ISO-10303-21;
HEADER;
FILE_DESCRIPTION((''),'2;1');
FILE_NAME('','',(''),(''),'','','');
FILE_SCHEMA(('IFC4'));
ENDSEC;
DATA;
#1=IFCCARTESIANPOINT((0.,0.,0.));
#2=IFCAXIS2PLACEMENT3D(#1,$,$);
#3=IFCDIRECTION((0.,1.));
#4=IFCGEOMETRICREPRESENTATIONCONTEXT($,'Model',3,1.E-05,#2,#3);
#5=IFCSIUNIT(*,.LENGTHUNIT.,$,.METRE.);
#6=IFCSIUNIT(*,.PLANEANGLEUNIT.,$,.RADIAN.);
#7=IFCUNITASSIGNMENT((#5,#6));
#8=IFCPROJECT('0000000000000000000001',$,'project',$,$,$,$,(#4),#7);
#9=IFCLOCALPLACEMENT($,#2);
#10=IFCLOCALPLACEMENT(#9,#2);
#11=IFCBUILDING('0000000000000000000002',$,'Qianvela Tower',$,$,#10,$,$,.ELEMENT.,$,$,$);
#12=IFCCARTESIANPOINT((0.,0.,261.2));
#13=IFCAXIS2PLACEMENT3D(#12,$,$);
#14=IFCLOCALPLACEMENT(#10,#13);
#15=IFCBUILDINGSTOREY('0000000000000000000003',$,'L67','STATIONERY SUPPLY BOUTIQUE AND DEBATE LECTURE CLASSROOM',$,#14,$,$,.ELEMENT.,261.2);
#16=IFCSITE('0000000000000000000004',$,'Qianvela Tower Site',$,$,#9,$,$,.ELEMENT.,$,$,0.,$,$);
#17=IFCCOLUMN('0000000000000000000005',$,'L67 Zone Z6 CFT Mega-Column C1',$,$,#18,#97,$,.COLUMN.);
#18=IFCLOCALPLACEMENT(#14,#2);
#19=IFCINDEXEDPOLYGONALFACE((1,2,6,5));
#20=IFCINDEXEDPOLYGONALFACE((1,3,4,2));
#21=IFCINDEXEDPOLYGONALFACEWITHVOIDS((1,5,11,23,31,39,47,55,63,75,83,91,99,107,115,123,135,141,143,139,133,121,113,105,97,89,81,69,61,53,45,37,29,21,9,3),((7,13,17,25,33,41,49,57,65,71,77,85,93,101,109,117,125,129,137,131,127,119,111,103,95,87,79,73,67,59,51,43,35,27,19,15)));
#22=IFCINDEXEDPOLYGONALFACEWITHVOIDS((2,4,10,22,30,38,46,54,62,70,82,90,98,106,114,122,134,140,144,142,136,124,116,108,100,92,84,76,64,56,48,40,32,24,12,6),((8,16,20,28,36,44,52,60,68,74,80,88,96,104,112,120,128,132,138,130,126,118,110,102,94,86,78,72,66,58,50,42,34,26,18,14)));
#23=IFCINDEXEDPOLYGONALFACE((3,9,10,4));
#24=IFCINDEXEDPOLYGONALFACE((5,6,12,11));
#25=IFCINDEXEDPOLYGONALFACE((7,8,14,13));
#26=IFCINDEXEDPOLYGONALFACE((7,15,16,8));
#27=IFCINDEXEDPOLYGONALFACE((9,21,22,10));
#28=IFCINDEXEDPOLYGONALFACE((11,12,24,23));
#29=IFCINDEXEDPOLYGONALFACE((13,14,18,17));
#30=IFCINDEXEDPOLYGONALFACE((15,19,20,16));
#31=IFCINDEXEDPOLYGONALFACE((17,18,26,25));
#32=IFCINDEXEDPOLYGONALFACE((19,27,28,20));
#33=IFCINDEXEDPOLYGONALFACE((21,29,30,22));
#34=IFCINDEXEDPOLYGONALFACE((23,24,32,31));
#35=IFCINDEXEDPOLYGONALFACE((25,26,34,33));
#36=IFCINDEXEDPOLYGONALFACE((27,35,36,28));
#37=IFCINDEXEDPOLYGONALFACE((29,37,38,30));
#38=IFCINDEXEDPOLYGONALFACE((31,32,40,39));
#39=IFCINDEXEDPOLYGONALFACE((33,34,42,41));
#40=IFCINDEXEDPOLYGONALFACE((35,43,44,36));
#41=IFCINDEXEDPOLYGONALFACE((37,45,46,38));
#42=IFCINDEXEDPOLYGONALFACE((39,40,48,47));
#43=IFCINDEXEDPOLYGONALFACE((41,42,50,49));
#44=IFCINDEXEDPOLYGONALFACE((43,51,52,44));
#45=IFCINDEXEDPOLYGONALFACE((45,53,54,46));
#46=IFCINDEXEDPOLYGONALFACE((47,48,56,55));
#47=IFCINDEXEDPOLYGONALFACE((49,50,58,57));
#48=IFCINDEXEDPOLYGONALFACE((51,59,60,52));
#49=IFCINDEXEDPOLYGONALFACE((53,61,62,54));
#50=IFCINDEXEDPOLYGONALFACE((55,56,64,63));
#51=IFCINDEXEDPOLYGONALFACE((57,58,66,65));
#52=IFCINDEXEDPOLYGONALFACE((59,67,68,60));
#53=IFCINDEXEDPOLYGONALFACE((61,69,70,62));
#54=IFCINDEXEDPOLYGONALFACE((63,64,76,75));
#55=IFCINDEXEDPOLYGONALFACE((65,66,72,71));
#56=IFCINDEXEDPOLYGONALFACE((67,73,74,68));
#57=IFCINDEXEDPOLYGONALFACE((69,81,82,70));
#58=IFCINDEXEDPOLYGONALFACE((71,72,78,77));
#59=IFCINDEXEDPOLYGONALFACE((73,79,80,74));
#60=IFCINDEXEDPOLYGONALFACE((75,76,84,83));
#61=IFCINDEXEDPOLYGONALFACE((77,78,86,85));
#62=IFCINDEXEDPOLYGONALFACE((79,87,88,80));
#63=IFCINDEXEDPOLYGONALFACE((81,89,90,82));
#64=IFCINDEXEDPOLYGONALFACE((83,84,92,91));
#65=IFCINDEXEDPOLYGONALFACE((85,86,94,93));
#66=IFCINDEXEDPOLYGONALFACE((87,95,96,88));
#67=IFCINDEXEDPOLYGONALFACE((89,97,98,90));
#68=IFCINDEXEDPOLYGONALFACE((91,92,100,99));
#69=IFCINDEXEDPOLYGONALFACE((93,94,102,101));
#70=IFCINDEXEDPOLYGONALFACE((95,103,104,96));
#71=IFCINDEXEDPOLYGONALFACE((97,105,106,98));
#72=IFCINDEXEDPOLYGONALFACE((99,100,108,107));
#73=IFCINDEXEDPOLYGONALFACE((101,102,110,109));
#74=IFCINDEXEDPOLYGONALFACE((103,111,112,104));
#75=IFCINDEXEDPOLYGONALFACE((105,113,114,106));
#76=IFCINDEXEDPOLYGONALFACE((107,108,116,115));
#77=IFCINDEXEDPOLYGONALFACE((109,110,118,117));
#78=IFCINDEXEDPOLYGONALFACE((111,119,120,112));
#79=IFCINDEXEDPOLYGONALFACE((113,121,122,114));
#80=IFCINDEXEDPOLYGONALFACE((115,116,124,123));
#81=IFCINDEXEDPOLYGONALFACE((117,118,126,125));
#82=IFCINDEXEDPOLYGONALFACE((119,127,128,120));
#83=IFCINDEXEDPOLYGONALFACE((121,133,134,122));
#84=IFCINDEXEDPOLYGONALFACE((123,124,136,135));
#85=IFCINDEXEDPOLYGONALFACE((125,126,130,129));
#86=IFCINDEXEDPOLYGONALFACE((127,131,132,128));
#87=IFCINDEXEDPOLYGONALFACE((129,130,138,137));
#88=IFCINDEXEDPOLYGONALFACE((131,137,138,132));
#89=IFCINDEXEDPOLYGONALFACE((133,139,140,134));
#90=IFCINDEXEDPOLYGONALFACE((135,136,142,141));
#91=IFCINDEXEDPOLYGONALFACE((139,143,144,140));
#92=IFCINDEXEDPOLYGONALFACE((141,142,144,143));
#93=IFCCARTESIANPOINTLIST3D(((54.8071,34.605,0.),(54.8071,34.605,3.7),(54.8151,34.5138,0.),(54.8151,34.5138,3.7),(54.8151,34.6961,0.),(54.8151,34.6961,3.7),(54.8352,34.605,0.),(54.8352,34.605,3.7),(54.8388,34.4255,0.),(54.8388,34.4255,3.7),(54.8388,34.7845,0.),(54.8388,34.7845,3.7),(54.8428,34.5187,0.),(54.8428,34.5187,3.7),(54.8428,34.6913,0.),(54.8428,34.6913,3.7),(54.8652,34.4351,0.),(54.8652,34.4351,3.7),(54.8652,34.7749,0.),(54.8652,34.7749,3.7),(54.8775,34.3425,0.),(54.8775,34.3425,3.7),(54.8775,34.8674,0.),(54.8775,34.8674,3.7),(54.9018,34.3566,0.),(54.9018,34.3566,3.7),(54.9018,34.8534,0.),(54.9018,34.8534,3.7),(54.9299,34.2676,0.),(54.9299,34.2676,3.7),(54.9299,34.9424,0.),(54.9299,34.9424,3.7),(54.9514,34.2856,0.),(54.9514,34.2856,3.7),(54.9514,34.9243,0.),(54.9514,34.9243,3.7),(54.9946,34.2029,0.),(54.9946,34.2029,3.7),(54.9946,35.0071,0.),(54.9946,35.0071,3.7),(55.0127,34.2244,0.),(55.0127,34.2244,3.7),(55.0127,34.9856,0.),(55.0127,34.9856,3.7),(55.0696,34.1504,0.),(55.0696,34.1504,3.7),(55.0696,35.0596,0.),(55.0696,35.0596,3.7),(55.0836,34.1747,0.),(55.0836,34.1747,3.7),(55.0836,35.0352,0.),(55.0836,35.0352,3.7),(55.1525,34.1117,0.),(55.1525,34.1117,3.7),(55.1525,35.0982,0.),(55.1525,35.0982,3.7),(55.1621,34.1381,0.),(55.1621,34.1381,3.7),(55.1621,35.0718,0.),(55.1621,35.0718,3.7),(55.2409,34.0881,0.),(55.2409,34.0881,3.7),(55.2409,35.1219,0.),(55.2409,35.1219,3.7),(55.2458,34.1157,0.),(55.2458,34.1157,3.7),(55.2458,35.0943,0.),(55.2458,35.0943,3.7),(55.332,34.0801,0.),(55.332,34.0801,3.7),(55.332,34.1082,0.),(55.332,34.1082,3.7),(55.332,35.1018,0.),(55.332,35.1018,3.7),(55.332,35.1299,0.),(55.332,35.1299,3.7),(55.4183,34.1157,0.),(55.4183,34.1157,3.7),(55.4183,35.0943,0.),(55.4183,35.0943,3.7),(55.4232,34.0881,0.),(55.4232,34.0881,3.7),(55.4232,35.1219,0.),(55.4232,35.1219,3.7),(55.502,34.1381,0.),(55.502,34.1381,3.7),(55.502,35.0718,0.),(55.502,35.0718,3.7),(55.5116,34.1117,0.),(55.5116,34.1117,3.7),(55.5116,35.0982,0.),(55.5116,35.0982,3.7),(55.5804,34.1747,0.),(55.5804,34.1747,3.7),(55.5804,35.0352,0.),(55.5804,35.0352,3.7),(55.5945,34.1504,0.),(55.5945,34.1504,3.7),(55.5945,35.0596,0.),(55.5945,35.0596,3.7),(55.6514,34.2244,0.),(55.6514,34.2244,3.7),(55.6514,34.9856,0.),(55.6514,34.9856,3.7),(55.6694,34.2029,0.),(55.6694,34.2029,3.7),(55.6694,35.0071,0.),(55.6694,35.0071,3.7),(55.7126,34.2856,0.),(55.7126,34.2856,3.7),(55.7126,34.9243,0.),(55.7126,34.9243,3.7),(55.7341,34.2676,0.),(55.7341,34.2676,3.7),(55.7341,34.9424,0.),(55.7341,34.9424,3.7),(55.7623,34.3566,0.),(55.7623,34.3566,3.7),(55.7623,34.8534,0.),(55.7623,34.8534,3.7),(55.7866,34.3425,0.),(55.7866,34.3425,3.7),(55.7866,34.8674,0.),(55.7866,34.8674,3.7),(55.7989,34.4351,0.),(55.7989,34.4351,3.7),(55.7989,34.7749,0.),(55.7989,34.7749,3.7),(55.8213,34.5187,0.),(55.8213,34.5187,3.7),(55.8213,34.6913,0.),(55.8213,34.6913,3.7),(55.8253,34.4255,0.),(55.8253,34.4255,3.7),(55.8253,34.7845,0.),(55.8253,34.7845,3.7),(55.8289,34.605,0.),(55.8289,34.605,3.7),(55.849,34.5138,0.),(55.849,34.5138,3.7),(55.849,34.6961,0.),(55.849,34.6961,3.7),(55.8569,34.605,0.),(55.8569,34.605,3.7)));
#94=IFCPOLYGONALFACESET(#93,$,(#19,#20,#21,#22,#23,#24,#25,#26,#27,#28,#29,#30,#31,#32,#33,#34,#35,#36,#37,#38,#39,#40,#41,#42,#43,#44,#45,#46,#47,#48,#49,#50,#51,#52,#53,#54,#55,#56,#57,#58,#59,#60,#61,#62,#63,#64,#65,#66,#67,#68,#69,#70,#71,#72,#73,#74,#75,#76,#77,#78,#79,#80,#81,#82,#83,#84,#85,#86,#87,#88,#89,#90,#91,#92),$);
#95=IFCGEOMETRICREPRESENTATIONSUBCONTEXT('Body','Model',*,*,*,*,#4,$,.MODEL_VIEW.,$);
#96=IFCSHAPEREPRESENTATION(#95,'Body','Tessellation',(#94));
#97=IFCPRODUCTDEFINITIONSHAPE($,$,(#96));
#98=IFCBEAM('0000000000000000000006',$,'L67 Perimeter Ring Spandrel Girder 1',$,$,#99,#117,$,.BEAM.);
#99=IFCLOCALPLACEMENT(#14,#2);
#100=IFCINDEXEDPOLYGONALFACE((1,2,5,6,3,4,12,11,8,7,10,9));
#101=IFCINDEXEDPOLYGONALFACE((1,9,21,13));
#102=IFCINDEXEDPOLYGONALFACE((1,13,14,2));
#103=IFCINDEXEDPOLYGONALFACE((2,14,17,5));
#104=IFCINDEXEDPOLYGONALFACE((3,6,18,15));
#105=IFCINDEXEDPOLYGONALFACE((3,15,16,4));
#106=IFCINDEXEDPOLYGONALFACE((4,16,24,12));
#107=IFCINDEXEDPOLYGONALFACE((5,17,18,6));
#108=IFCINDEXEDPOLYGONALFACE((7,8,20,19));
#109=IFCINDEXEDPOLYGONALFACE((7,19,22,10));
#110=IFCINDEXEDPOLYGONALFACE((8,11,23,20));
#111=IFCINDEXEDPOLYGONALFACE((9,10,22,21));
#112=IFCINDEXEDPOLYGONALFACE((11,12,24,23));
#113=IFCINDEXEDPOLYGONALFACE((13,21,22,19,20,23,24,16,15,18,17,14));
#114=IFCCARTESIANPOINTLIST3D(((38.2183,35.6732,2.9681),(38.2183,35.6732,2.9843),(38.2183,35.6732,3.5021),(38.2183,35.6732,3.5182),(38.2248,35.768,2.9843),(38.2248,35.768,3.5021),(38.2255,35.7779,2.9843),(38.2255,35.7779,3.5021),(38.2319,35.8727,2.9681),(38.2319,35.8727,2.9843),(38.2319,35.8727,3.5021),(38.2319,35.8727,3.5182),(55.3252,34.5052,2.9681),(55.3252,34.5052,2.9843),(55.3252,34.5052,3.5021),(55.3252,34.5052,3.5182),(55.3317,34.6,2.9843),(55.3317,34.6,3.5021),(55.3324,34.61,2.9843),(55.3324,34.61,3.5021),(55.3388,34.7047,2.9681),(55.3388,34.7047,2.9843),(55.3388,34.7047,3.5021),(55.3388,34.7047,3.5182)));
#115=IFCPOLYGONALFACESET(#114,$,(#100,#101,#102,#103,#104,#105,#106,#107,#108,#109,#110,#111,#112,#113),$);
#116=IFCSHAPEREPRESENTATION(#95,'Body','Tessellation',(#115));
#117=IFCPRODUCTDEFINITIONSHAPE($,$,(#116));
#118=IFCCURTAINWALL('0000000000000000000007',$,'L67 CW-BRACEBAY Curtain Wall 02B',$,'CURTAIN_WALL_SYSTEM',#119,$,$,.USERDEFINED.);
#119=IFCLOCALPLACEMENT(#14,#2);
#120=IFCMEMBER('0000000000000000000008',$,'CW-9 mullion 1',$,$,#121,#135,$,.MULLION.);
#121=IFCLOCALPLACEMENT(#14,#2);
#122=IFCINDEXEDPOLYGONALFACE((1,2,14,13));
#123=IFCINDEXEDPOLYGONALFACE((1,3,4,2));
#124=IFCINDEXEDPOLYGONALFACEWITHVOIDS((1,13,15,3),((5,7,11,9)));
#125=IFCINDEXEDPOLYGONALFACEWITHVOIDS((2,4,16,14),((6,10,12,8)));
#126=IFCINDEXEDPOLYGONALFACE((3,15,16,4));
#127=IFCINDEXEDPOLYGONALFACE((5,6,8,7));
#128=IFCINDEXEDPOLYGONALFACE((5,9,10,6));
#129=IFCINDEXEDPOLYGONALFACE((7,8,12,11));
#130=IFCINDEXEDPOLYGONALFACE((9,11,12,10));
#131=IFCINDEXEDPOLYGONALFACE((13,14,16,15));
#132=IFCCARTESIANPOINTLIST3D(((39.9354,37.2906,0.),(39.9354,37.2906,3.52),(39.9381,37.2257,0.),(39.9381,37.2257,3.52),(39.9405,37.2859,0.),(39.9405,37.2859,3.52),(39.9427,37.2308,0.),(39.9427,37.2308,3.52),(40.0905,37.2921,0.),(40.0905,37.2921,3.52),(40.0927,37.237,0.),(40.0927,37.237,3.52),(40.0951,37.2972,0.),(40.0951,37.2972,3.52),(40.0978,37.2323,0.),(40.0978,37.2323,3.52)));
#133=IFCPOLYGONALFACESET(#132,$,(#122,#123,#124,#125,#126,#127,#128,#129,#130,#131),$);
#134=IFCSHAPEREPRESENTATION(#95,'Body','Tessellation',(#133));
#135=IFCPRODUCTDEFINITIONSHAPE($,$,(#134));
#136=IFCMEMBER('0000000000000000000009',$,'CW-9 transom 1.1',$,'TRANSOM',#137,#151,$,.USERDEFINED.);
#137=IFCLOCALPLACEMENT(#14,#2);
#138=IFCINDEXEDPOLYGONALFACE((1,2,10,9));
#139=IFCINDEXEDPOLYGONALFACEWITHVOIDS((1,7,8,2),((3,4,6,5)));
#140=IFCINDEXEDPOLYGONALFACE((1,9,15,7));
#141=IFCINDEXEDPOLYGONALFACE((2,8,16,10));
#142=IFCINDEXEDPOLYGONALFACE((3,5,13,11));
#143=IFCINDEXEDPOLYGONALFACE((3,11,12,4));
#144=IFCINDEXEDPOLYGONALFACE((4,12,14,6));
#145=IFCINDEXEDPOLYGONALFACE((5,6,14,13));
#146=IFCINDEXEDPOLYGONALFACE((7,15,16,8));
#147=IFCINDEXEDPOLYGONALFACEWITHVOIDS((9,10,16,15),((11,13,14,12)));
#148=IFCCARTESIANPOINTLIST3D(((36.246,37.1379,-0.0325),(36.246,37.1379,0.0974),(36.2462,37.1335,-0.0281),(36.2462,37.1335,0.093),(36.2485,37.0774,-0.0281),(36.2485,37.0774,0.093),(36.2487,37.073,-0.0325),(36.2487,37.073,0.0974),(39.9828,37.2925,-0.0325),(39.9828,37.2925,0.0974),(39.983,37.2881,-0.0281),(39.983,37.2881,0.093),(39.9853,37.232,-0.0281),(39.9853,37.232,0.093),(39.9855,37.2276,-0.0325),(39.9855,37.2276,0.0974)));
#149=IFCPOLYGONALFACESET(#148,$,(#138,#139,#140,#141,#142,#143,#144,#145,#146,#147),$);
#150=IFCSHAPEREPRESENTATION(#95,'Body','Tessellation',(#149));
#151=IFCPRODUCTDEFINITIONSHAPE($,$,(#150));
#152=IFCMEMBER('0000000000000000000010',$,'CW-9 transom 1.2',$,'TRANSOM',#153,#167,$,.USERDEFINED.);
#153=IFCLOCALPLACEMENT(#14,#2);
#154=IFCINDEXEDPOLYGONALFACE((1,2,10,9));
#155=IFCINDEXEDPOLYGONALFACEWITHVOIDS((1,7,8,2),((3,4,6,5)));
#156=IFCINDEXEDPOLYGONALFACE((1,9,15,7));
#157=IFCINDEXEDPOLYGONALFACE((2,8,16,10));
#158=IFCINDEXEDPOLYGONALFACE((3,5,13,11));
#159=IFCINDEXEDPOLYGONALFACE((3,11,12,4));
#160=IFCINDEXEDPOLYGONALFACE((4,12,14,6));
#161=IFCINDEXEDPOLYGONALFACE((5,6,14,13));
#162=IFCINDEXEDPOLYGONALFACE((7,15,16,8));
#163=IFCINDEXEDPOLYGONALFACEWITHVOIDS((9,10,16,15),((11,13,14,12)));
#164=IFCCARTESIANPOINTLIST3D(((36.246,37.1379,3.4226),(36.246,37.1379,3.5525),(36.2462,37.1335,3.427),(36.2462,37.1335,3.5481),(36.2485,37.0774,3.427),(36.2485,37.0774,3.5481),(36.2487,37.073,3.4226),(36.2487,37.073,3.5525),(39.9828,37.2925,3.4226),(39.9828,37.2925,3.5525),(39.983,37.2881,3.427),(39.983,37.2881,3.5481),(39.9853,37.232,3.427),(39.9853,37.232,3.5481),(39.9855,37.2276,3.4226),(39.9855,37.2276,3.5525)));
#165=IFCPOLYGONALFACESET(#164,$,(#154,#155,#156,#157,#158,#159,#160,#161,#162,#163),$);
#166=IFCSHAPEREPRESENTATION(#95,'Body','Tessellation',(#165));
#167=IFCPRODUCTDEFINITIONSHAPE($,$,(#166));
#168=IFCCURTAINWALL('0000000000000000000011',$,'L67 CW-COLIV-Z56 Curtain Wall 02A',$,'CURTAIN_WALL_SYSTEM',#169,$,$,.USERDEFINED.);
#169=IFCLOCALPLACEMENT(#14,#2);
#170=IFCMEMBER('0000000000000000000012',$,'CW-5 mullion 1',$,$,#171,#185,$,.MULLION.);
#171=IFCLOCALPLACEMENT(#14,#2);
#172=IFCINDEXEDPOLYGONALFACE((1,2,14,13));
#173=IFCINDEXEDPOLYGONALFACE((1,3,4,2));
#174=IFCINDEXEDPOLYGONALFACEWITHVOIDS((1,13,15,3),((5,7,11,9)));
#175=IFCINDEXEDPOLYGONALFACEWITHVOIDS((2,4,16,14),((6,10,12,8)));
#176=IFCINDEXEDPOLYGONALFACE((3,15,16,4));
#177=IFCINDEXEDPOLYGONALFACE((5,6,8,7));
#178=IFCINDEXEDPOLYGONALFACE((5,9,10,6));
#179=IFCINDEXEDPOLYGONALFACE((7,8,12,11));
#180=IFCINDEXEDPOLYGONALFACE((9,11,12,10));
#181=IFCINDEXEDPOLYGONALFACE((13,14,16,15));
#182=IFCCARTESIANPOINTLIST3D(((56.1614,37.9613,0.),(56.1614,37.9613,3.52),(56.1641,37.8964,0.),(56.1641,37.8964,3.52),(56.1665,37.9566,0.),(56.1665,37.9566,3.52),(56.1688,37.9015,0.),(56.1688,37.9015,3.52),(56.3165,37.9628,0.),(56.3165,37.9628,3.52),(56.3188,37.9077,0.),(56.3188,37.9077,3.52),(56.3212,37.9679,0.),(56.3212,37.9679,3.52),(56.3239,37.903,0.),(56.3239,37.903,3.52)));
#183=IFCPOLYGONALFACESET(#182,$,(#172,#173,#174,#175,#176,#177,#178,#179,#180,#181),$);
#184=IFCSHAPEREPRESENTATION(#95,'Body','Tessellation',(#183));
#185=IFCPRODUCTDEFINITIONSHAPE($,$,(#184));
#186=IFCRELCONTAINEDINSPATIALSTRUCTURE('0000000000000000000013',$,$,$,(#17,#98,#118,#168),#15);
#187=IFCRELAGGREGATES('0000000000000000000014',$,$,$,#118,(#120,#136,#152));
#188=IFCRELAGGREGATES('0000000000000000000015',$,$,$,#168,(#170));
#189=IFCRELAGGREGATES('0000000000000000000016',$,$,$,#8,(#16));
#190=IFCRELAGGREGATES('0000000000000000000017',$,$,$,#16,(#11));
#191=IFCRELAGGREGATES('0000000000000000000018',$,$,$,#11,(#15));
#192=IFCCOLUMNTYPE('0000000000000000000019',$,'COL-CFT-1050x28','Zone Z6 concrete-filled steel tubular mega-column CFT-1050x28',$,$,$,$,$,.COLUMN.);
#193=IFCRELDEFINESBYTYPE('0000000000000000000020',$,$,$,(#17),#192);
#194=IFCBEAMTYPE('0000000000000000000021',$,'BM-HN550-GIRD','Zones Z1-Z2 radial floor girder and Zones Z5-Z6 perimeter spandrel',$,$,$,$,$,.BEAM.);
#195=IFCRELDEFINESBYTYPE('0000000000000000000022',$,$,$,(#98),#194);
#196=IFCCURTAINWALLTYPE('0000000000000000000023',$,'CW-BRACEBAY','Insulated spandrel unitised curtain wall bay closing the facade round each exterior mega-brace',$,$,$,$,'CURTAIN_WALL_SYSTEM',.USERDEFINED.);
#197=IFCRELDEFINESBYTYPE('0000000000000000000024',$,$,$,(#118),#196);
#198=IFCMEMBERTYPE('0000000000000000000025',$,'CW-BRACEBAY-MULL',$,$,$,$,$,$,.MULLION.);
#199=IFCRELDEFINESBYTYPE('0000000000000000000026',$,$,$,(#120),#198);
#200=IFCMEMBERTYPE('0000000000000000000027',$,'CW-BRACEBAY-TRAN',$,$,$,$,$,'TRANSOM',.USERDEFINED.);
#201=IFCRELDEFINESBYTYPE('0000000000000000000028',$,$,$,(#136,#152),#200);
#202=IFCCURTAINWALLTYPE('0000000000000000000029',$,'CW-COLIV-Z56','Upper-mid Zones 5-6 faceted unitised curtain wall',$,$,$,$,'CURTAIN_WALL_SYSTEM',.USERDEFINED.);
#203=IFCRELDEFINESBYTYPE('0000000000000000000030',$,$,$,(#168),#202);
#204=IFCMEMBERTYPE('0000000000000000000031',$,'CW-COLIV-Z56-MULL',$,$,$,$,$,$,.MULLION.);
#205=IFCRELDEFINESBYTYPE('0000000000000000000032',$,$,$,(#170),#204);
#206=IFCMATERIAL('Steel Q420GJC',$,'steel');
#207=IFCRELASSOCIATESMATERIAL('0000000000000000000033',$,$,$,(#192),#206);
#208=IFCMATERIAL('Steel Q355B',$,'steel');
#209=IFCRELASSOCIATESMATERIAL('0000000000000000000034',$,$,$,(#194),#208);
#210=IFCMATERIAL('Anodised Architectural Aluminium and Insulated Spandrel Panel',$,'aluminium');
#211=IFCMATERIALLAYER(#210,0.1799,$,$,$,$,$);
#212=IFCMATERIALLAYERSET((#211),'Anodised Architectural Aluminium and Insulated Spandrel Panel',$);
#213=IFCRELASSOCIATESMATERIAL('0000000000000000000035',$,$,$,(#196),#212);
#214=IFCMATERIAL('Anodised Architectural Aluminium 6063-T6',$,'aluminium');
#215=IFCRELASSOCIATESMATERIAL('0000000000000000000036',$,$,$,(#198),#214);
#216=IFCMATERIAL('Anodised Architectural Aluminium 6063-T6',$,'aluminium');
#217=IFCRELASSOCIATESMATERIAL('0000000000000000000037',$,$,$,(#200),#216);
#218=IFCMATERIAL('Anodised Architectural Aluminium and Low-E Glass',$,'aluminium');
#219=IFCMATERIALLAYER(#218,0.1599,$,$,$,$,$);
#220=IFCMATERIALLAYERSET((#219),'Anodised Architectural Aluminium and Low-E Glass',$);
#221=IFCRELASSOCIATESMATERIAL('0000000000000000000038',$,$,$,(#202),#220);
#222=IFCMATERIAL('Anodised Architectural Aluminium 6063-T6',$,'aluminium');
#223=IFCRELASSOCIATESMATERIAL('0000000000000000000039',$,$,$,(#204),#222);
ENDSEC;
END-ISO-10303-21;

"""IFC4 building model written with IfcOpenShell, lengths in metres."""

from ifc_helpers import new_model, si_unit, direction, frame, origin, origin_2d, place, context, subcontext, project, spatial, hollow_rectangle, hollow_circle, i_section, extrude, material, layer, layer_set, material_profile, profile_set, type_object, element, aggregate, save


model = new_model("IFC4")

# Units and contexts
model_context = context("Model", 3, precision=1e-05, world=origin(), true_north=direction((0.0, 1.0)))
body_context = subcontext(model_context, "Body", "Model", "MODEL_VIEW")
ifc_project = project(units=[si_unit("LENGTHUNIT", "METRE"), si_unit("PLANEANGLEUNIT", "RADIAN")], contexts=[model_context])

# Site, building, storey
site_placement = place(None, origin())
site = spatial("IfcSite", under=ifc_project, at=site_placement, Name="Qianvela Tower Site", CompositionType="ELEMENT", RefElevation=0.0)
building_placement = place(site_placement, origin())
building = spatial("IfcBuilding", under=site, at=building_placement, Name="Qianvela Tower", CompositionType="ELEMENT")
storey_placement = place(building_placement, frame((0.0, 0.0, 261.2)))
storey = spatial("IfcBuildingStorey", under=building, at=storey_placement, Name="L67", Description="STATIONERY SUPPLY BOUTIQUE AND DEBATE LECTURE CLASSROOM", CompositionType="ELEMENT", Elevation=261.2)

# Column
ifc_material_1 = material(Name="Steel Q420GJC", Category="steel")
ifc_material_profile_1 = material_profile(ifc_material_1, hollow_circle(Radius=0.5249, WallThickness=0.0281, at=origin_2d()), Name="CFT-1050x28")
ifc_profile_set_1 = profile_set([ifc_material_profile_1], Name="Steel Q420GJC")
column_type = type_object("IfcColumnType", Name="COL-CFT-1050x28", Description="Zone Z6 concrete-filled steel tubular mega-column CFT-1050x28", PredefinedType="COLUMN", material=ifc_profile_set_1)
column_placement = place(storey_placement, frame((55.332, 34.605, 0.0), z_axis=(0.0, 0.0, 1.0), x_axis=(1.0, 0.0, 0.0)))
element("IfcColumn", 1, at=column_placement, inside=storey, type_object=column_type, Name="L67 Zone Z6 CFT Mega-Column C1", PredefinedType="COLUMN", context=body_context, shape_type="SweptSolid", body=[
    extrude(hollow_circle(Radius=0.5249, WallThickness=0.0281, at=origin_2d()), origin(), (0.0, 0.0, 1.0), 3.7),
])

# Beam
ifc_material_2 = material(Name="Steel Q355B", Category="steel")
ifc_material_profile_2 = material_profile(ifc_material_2, i_section(OverallWidth=0.2, OverallDepth=0.55, WebThickness=0.01, FlangeThickness=0.0161, at=origin_2d()), Name="HN550x200x10x16")
ifc_profile_set_2 = profile_set([ifc_material_profile_2], Name="Steel Q355B")
beam_type = type_object("IfcBeamType", Name="BM-HN550-GIRD", Description="Zones Z1-Z2 radial floor girder and Zones Z5-Z6 perimeter spandrel", PredefinedType="BEAM", material=ifc_profile_set_2)
beam_placement = place(storey_placement, frame((55.332, 34.605, 3.2432), z_axis=(-0.997677, 0.068116, 0.0), x_axis=(-0.068116, -0.997677, 0.0)))
element("IfcBeam", 2, at=beam_placement, inside=storey, type_object=beam_type, Name="L67 Perimeter Ring Spandrel Girder 1", PredefinedType="BEAM", context=body_context, shape_type="SweptSolid", body=[
    extrude(i_section(OverallWidth=0.2, OverallDepth=0.55, WebThickness=0.01, FlangeThickness=0.0161, at=origin_2d()), origin(), (0.0, 0.0, 1.0), 17.1467),
])

# Curtain walls, members
ifc_material_3 = material(Name="Anodised Architectural Aluminium and Insulated Spandrel Panel", Category="aluminium")
ifc_layer_1 = layer(ifc_material_3, 0.1799)
ifc_layer_set_1 = layer_set([ifc_layer_1], Name="Anodised Architectural Aluminium and Insulated Spandrel Panel")
curtain_wall_type_1 = type_object("IfcCurtainWallType", Name="CW-BRACEBAY", Description="Insulated spandrel unitised curtain wall bay closing the facade round each exterior mega-brace", ElementType="CURTAIN_WALL_SYSTEM", PredefinedType="USERDEFINED", material=ifc_layer_set_1)
curtain_wall_1_placement = place(storey_placement, origin())
curtain_wall_1 = element("IfcCurtainWall", 3, at=curtain_wall_1_placement, inside=storey, type_object=curtain_wall_type_1, Name="L67 CW-BRACEBAY Curtain Wall 02B", ObjectType="CURTAIN_WALL_SYSTEM", PredefinedType="USERDEFINED")
ifc_material_4 = material(Name="Anodised Architectural Aluminium 6063-T6", Category="aluminium")
ifc_material_profile_3 = material_profile(ifc_material_4, hollow_rectangle(XDim=0.0649, YDim=0.1599, WallThickness=0.0049, at=origin_2d()), Name="ALU-MULL-65x160")
ifc_profile_set_3 = profile_set([ifc_material_profile_3], Name="Anodised Architectural Aluminium 6063-T6")
member_type_1 = type_object("IfcMemberType", Name="CW-BRACEBAY-MULL", PredefinedType="MULLION", material=ifc_profile_set_3)
member_1_placement = place(storey_placement, frame((40.0166, 37.2615, 0.0), z_axis=(0.0, 0.0, 1.0), x_axis=(0.041292, -0.999147, 0.0)))
member_1 = element("IfcMember", 4, at=member_1_placement, type_object=member_type_1, Name="CW-9 mullion 1", PredefinedType="MULLION", context=body_context, shape_type="SweptSolid", body=[
    extrude(hollow_rectangle(XDim=0.0649, YDim=0.1599, WallThickness=0.0049, at=origin_2d()), origin(), (0.0, 0.0, 1.0), 3.52),
])
ifc_material_5 = material(Name="Anodised Architectural Aluminium 6063-T6", Category="aluminium")
ifc_material_profile_4 = material_profile(ifc_material_5, hollow_rectangle(XDim=0.0649, YDim=0.1299, WallThickness=0.0044, at=origin_2d()), Name="ALU-TRAN-65x130")
ifc_profile_set_4 = profile_set([ifc_material_profile_4], Name="Anodised Architectural Aluminium 6063-T6")
member_type_2 = type_object("IfcMemberType", Name="CW-BRACEBAY-TRAN", ElementType="TRANSOM", PredefinedType="USERDEFINED", material=ifc_profile_set_4)
member_2_placement = place(storey_placement, frame((39.9841, 37.26, 0.0325), z_axis=(-0.999146, -0.041321, 0.0), x_axis=(0.041321, -0.999146, 0.0)))
member_2 = element("IfcMember", 5, at=member_2_placement, type_object=member_type_2, Name="CW-9 transom 1.1", ObjectType="TRANSOM", PredefinedType="USERDEFINED", context=body_context, shape_type="SweptSolid", body=[
    extrude(hollow_rectangle(XDim=0.0649, YDim=0.1299, WallThickness=0.0044, at=origin_2d()), origin(), (0.0, 0.0, 1.0), 3.74),
])
member_3_placement = place(storey_placement, frame((39.9841, 37.26, 3.4875), z_axis=(-0.999146, -0.041321, 0.0), x_axis=(0.041321, -0.999146, 0.0)))
member_3 = element("IfcMember", 6, at=member_3_placement, type_object=member_type_2, Name="CW-9 transom 1.2", ObjectType="TRANSOM", PredefinedType="USERDEFINED", context=body_context, shape_type="SweptSolid", body=[
    extrude(hollow_rectangle(XDim=0.0649, YDim=0.1299, WallThickness=0.0044, at=origin_2d()), origin(), (0.0, 0.0, 1.0), 3.74),
])
aggregate(curtain_wall_1, [member_1, member_2, member_3])
ifc_material_6 = material(Name="Anodised Architectural Aluminium and Low-E Glass", Category="aluminium")
ifc_layer_2 = layer(ifc_material_6, 0.1599)
ifc_layer_set_2 = layer_set([ifc_layer_2], Name="Anodised Architectural Aluminium and Low-E Glass")
curtain_wall_type_2 = type_object("IfcCurtainWallType", Name="CW-COLIV-Z56", Description="Upper-mid Zones 5-6 faceted unitised curtain wall", ElementType="CURTAIN_WALL_SYSTEM", PredefinedType="USERDEFINED", material=ifc_layer_set_2)
curtain_wall_2_placement = place(storey_placement, origin())
curtain_wall_2 = element("IfcCurtainWall", 7, at=curtain_wall_2_placement, inside=storey, type_object=curtain_wall_type_2, Name="L67 CW-COLIV-Z56 Curtain Wall 02A", ObjectType="CURTAIN_WALL_SYSTEM", PredefinedType="USERDEFINED")
ifc_material_7 = material(Name="Anodised Architectural Aluminium 6063-T6", Category="aluminium")
ifc_material_profile_5 = material_profile(ifc_material_7, hollow_rectangle(XDim=0.0649, YDim=0.1599, WallThickness=0.0049, at=origin_2d()), Name="ALU-MULL-65x160")
ifc_profile_set_5 = profile_set([ifc_material_profile_5], Name="Anodised Architectural Aluminium 6063-T6")
member_type_3 = type_object("IfcMemberType", Name="CW-COLIV-Z56-MULL", PredefinedType="MULLION", material=ifc_profile_set_5)
member_4_placement = place(storey_placement, frame((56.2427, 37.9321, 0.0), z_axis=(0.0, 0.0, 1.0), x_axis=(0.041299, -0.999147, 0.0)))
member_4 = element("IfcMember", 8, at=member_4_placement, type_object=member_type_3, Name="CW-5 mullion 1", PredefinedType="MULLION", context=body_context, shape_type="SweptSolid", body=[
    extrude(hollow_rectangle(XDim=0.0649, YDim=0.1599, WallThickness=0.0049, at=origin_2d()), origin(), (0.0, 0.0, 1.0), 3.52),
])

aggregate(curtain_wall_2, [member_4])

save(model, "model.ifc")
